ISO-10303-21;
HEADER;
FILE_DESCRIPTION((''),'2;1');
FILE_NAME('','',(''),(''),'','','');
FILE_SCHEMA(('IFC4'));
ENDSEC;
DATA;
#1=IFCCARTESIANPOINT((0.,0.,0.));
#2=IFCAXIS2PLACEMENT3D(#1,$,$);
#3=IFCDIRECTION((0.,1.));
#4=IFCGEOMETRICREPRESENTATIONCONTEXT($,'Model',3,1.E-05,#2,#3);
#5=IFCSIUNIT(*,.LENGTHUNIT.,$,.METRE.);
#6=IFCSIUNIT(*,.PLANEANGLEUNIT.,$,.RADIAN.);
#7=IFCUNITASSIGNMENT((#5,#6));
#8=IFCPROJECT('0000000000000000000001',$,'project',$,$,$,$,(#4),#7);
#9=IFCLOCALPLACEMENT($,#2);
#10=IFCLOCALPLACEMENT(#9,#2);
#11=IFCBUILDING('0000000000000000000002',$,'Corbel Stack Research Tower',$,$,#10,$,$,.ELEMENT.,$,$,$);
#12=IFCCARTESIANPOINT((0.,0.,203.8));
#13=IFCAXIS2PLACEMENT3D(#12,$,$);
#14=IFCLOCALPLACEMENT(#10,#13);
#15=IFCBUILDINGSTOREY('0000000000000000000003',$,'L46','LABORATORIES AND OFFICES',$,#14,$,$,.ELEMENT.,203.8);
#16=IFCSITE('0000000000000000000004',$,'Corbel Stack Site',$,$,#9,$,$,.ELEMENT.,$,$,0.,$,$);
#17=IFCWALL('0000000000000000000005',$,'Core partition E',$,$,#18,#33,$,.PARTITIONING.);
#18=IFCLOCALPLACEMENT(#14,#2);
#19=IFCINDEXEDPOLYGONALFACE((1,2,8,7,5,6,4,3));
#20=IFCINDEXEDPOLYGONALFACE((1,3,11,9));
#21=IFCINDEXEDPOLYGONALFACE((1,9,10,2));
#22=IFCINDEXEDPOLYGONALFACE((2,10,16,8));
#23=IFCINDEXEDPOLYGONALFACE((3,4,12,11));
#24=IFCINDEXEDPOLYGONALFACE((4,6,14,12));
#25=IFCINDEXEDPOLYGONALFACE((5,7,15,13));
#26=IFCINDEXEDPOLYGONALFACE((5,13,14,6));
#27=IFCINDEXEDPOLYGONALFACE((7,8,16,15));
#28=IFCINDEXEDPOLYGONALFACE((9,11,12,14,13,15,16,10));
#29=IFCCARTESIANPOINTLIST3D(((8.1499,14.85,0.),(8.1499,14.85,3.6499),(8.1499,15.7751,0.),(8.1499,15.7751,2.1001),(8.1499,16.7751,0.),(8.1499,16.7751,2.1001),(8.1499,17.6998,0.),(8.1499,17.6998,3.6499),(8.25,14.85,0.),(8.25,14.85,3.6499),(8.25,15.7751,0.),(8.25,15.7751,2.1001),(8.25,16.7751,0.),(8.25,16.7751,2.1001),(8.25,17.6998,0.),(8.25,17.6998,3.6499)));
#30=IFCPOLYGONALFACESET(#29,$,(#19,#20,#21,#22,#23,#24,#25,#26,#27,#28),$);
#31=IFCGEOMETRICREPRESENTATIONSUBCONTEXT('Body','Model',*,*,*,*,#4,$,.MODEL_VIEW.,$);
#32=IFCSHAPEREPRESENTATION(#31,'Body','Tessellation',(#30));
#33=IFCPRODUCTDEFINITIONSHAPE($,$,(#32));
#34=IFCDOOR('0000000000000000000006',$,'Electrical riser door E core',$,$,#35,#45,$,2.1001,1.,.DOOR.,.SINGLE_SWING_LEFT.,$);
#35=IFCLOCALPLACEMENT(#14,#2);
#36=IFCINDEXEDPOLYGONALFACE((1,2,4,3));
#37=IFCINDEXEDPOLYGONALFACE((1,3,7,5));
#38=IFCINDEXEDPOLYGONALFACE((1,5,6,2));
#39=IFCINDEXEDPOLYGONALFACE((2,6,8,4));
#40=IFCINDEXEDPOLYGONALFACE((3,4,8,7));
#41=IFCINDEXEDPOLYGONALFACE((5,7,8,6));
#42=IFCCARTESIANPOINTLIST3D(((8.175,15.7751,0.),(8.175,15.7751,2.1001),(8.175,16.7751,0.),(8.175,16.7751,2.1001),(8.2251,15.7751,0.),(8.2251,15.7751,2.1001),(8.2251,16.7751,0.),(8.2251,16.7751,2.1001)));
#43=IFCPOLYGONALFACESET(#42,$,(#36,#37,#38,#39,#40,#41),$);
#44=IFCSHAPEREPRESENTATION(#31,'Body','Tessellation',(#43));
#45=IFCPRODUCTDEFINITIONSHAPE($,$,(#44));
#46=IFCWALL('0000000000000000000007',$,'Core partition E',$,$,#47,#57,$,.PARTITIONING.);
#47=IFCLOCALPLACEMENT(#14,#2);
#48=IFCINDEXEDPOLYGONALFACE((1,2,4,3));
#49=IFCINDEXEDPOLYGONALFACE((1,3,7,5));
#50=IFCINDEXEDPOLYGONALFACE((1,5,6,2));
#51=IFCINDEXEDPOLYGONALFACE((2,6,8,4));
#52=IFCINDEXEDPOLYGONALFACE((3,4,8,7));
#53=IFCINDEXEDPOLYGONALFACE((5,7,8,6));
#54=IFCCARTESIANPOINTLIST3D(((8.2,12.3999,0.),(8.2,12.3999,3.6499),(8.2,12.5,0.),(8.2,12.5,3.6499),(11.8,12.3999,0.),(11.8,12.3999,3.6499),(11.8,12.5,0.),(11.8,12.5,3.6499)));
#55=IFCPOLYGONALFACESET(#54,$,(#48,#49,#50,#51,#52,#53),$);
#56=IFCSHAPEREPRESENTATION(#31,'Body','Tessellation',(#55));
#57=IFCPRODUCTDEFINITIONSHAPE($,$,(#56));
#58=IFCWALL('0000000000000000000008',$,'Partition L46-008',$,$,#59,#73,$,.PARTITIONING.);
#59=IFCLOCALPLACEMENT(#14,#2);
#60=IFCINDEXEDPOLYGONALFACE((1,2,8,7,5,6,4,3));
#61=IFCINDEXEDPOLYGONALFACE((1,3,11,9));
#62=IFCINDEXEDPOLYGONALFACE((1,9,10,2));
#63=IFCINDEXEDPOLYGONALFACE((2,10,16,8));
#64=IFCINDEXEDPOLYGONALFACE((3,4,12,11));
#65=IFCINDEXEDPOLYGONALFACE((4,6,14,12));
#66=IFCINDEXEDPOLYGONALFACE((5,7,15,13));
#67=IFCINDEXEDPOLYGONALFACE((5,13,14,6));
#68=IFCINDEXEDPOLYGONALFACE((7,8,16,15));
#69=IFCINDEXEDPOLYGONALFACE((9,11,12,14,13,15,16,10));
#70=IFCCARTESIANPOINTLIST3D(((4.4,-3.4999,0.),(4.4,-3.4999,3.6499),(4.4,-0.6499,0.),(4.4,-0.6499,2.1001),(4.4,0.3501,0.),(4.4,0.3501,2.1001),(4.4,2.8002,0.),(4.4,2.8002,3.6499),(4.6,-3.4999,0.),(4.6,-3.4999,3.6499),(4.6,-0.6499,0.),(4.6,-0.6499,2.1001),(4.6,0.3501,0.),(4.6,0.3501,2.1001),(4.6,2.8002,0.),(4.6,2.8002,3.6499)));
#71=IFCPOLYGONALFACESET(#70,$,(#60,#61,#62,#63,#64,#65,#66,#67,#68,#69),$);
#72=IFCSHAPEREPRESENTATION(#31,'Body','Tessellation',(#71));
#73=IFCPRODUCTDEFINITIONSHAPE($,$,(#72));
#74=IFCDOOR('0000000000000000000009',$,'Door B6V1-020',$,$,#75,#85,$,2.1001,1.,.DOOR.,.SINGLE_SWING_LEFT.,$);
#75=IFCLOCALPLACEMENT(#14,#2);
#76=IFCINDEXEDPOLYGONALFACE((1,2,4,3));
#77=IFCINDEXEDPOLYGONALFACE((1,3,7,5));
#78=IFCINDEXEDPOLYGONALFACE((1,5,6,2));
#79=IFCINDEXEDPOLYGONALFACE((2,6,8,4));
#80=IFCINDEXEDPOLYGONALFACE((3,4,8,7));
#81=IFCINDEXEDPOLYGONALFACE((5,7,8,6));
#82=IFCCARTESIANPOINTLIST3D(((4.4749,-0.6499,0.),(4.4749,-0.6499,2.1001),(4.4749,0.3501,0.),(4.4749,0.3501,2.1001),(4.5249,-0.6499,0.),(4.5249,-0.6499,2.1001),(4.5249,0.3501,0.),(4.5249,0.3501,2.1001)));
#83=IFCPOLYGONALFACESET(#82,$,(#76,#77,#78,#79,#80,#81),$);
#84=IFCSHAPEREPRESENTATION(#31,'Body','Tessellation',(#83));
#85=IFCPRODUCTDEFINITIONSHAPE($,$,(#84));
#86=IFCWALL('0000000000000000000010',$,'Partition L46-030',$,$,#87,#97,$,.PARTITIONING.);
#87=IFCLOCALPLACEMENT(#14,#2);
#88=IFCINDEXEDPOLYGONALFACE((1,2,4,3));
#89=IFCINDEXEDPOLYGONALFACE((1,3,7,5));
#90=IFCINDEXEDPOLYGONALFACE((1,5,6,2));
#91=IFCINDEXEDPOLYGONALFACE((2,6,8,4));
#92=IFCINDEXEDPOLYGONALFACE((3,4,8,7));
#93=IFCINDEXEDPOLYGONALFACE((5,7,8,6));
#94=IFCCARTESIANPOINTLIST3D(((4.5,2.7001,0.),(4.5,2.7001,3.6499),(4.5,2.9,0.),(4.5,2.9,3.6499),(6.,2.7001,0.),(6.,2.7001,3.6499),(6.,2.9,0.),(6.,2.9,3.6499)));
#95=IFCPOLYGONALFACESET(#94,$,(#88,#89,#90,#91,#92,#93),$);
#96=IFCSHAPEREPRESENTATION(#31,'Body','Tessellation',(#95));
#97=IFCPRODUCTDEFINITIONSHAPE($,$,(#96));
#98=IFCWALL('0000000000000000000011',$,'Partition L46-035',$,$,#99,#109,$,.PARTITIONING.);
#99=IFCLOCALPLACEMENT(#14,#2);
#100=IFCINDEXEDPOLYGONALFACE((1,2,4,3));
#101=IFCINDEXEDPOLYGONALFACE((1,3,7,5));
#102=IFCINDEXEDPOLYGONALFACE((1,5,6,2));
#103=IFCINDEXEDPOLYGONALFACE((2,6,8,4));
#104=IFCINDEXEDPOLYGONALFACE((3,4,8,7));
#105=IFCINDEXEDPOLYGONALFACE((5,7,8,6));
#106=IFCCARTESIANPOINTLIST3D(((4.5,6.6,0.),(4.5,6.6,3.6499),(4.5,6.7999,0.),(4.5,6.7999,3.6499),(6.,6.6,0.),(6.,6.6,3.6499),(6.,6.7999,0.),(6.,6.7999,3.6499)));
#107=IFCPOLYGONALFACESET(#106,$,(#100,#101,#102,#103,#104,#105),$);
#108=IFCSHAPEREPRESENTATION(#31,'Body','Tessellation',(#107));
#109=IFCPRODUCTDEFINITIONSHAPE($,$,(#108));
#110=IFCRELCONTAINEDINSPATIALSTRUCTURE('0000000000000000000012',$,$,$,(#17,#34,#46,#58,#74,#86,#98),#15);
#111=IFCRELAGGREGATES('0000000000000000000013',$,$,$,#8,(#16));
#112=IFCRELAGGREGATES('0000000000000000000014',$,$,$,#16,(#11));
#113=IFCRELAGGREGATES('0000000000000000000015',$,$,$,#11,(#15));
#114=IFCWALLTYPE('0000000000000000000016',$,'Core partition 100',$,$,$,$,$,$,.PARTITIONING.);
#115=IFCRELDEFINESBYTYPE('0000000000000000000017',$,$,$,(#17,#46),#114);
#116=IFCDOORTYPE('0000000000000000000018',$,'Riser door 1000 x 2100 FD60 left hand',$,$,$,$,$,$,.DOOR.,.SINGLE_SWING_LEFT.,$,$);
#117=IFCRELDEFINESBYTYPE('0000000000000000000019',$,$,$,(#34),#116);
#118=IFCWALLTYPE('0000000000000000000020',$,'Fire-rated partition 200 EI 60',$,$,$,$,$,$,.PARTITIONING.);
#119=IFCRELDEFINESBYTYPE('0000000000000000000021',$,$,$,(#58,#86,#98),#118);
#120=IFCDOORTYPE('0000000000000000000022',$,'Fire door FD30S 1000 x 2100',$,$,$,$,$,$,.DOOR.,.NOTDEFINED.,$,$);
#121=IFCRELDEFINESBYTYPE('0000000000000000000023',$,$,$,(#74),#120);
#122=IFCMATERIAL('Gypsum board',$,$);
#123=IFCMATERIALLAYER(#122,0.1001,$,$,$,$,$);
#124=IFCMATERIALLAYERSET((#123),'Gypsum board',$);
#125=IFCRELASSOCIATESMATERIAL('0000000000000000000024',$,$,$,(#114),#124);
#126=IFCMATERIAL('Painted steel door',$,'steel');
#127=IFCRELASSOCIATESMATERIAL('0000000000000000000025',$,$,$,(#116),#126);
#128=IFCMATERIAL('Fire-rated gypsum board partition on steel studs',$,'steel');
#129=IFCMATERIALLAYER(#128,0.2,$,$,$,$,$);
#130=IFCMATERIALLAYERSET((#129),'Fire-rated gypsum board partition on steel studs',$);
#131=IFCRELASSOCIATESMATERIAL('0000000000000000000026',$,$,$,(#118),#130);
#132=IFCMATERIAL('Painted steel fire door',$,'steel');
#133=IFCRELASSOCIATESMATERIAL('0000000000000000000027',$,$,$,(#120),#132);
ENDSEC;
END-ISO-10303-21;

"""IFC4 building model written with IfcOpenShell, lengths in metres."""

from ifc_helpers import new_model, si_unit, direction, frame, frame_2d, origin, place, context, subcontext, project, spatial, rectangle, extrude, material, layer, layer_set, type_object, element, fill, save


model = new_model("IFC4")

# Units and contexts
model_context = context("Model", 3, precision=1e-05, world=origin(), true_north=direction((0.0, 1.0)))
body_context = subcontext(model_context, "Body", "Model", "MODEL_VIEW")
ifc_project = project(units=[si_unit("LENGTHUNIT", "METRE"), si_unit("PLANEANGLEUNIT", "RADIAN")], contexts=[model_context])

# Site, building, storey
site_placement = place(None, origin())
site = spatial("IfcSite", under=ifc_project, at=site_placement, Name="Corbel Stack Site", CompositionType="ELEMENT", RefElevation=0.0)
building_placement = place(site_placement, origin())
building = spatial("IfcBuilding", under=site, at=building_placement, Name="Corbel Stack Research Tower", CompositionType="ELEMENT")
storey_placement = place(building_placement, frame((0.0, 0.0, 203.8)))
storey = spatial("IfcBuildingStorey", under=building, at=storey_placement, Name="L46", Description="LABORATORIES AND OFFICES", CompositionType="ELEMENT", Elevation=203.8)

# Wall, opening, door
ifc_material_1 = material(Name="Gypsum board")
ifc_layer_1 = layer(ifc_material_1, 0.1001)
ifc_layer_set_1 = layer_set([ifc_layer_1], Name="Gypsum board")
wall_type_1 = type_object("IfcWallType", Name="Core partition 100", PredefinedType="PARTITIONING", material=ifc_layer_set_1)
ifc_material_2 = material(Name="Painted steel door", Category="steel")
door_type_1 = type_object("IfcDoorType", Name="Riser door 1000 x 2100 FD60 left hand", OperationType="SINGLE_SWING_LEFT", PredefinedType="DOOR", material=ifc_material_2)
wall_1_placement = place(storey_placement, frame((8.2, 14.8501, 0.0), z_axis=(0.0, 0.0, 1.0), x_axis=(0.0, 1.0, 0.0)))
wall_1 = element("IfcWall", 1, at=wall_1_placement, inside=storey, type_object=wall_type_1, Name="Core partition E", PredefinedType="PARTITIONING", context=body_context, shape_type="SweptSolid", body=[
    extrude(rectangle(XDim=2.8499, YDim=0.1001, at=frame_2d((1.4248, 0.0))), origin(), (0.0, 0.0, 1.0), 3.6499),
])
opening_1_placement = place(wall_1_placement, frame((0.925, 0.0, 0.0)))
opening_1 = element("IfcOpeningElement", 2, at=opening_1_placement, cuts=wall_1, PredefinedType="OPENING", context=body_context, shape_type="SweptSolid", body=[
    extrude(rectangle(XDim=1.0, YDim=2.1001, at=frame_2d((0.5, 1.05))), frame((0.0, 0.0601, 0.0), z_axis=(0.0, -1.0, 0.0), x_axis=(1.0, 0.0, 0.0)), (0.0, 0.0, 1.0), 0.1201),
])
door_1_placement = place(opening_1_placement, origin())
door_1 = element("IfcDoor", 3, at=door_1_placement, inside=storey, type_object=door_type_1, Name="Electrical riser door E core", OperationType="SINGLE_SWING_LEFT", OverallHeight=2.1001, OverallWidth=1.0, PredefinedType="DOOR", context=body_context, shape_type="SweptSolid", body=[
    extrude(rectangle(XDim=1.0, YDim=2.1001, at=frame_2d((0.5, 1.05))), frame((0.0, 0.0249, 0.0), z_axis=(0.0, -1.0, 0.0), x_axis=(1.0, 0.0, 0.0)), (0.0, 0.0, 1.0), 0.05),
])
fill(opening_1, door_1)

# Wall
wall_2_placement = place(storey_placement, frame((8.2, 12.45, 0.0), z_axis=(0.0, 0.0, 1.0), x_axis=(1.0, 0.0, 0.0)))
element("IfcWall", 4, at=wall_2_placement, inside=storey, type_object=wall_type_1, Name="Core partition E", PredefinedType="PARTITIONING", context=body_context, shape_type="SweptSolid", body=[
    extrude(rectangle(XDim=3.6001, YDim=0.1001, at=frame_2d((1.8, 0.0))), origin(), (0.0, 0.0, 1.0), 3.6499),
])

# Wall, opening, door
ifc_material_3 = material(Name="Fire-rated gypsum board partition on steel studs", Category="steel")
ifc_layer_2 = layer(ifc_material_3, 0.2)
ifc_layer_set_2 = layer_set([ifc_layer_2], Name="Fire-rated gypsum board partition on steel studs")
wall_type_2 = type_object("IfcWallType", Name="Fire-rated partition 200 EI 60", PredefinedType="PARTITIONING", material=ifc_layer_set_2)
wall_3_placement = place(storey_placement, frame((4.5, 2.8, 0.0), z_axis=(0.0, 0.0, 1.0), x_axis=(0.0, -1.0, 0.0)))
wall_3 = element("IfcWall", 5, at=wall_3_placement, inside=storey, type_object=wall_type_2, Name="Partition L46-008", PredefinedType="PARTITIONING", context=body_context, shape_type="SweptSolid", body=[
    extrude(rectangle(XDim=6.3, YDim=0.2, at=frame_2d((3.1499, 0.0))), origin(), (0.0, 0.0, 1.0), 3.6499),
])
opening_2_placement = place(wall_3_placement, frame((2.45, 0.0, 0.0)))
opening_2 = element("IfcOpeningElement", 6, at=opening_2_placement, cuts=wall_3, PredefinedType="OPENING", context=body_context, shape_type="SweptSolid", body=[
    extrude(rectangle(XDim=1.0, YDim=2.1001, at=frame_2d((0.5, 1.05))), frame((0.0, 0.1099, 0.0), z_axis=(0.0, -1.0, 0.0), x_axis=(1.0, 0.0, 0.0)), (0.0, 0.0, 1.0), 0.22),
])
ifc_material_4 = material(Name="Painted steel fire door", Category="steel")
door_type_2 = type_object("IfcDoorType", Name="Fire door FD30S 1000 x 2100", OperationType="NOTDEFINED", PredefinedType="DOOR", material=ifc_material_4)
door_2_placement = place(opening_2_placement, origin())
door_2 = element("IfcDoor", 7, at=door_2_placement, inside=storey, type_object=door_type_2, Name="Door B6V1-020", OperationType="SINGLE_SWING_LEFT", OverallHeight=2.1001, OverallWidth=1.0, PredefinedType="DOOR", context=body_context, shape_type="SweptSolid", body=[
    extrude(rectangle(XDim=1.0, YDim=2.1001, at=frame_2d((0.5, 1.05))), frame((0.0, 0.0249, 0.0), z_axis=(0.0, -1.0, 0.0), x_axis=(1.0, 0.0, 0.0)), (0.0, 0.0, 1.0), 0.05),
])
fill(opening_2, door_2)

# Walls
for number, where, z_axis, x_axis, name in (
    (8, (4.5, 2.8, 0.0), (0.0, 0.0, 1.0), (1.0, 0.0, 0.0), "Partition L46-030"),
    (9, (4.5, 6.7, 0.0), (0.0, 0.0, 1.0), (1.0, 0.0, 0.0), "Partition L46-035"),
):
    element("IfcWall", number, at=place(storey_placement, frame(where, z_axis=z_axis, x_axis=x_axis)), inside=storey, type_object=wall_type_2, Name=name, PredefinedType="PARTITIONING", context=body_context, shape_type="SweptSolid", body=[
        extrude(rectangle(XDim=1.5, YDim=0.2, at=frame_2d((0.75, 0.0))), origin(), (0.0, 0.0, 1.0), 3.6499),
    ])

save(model, "model.ifc")
